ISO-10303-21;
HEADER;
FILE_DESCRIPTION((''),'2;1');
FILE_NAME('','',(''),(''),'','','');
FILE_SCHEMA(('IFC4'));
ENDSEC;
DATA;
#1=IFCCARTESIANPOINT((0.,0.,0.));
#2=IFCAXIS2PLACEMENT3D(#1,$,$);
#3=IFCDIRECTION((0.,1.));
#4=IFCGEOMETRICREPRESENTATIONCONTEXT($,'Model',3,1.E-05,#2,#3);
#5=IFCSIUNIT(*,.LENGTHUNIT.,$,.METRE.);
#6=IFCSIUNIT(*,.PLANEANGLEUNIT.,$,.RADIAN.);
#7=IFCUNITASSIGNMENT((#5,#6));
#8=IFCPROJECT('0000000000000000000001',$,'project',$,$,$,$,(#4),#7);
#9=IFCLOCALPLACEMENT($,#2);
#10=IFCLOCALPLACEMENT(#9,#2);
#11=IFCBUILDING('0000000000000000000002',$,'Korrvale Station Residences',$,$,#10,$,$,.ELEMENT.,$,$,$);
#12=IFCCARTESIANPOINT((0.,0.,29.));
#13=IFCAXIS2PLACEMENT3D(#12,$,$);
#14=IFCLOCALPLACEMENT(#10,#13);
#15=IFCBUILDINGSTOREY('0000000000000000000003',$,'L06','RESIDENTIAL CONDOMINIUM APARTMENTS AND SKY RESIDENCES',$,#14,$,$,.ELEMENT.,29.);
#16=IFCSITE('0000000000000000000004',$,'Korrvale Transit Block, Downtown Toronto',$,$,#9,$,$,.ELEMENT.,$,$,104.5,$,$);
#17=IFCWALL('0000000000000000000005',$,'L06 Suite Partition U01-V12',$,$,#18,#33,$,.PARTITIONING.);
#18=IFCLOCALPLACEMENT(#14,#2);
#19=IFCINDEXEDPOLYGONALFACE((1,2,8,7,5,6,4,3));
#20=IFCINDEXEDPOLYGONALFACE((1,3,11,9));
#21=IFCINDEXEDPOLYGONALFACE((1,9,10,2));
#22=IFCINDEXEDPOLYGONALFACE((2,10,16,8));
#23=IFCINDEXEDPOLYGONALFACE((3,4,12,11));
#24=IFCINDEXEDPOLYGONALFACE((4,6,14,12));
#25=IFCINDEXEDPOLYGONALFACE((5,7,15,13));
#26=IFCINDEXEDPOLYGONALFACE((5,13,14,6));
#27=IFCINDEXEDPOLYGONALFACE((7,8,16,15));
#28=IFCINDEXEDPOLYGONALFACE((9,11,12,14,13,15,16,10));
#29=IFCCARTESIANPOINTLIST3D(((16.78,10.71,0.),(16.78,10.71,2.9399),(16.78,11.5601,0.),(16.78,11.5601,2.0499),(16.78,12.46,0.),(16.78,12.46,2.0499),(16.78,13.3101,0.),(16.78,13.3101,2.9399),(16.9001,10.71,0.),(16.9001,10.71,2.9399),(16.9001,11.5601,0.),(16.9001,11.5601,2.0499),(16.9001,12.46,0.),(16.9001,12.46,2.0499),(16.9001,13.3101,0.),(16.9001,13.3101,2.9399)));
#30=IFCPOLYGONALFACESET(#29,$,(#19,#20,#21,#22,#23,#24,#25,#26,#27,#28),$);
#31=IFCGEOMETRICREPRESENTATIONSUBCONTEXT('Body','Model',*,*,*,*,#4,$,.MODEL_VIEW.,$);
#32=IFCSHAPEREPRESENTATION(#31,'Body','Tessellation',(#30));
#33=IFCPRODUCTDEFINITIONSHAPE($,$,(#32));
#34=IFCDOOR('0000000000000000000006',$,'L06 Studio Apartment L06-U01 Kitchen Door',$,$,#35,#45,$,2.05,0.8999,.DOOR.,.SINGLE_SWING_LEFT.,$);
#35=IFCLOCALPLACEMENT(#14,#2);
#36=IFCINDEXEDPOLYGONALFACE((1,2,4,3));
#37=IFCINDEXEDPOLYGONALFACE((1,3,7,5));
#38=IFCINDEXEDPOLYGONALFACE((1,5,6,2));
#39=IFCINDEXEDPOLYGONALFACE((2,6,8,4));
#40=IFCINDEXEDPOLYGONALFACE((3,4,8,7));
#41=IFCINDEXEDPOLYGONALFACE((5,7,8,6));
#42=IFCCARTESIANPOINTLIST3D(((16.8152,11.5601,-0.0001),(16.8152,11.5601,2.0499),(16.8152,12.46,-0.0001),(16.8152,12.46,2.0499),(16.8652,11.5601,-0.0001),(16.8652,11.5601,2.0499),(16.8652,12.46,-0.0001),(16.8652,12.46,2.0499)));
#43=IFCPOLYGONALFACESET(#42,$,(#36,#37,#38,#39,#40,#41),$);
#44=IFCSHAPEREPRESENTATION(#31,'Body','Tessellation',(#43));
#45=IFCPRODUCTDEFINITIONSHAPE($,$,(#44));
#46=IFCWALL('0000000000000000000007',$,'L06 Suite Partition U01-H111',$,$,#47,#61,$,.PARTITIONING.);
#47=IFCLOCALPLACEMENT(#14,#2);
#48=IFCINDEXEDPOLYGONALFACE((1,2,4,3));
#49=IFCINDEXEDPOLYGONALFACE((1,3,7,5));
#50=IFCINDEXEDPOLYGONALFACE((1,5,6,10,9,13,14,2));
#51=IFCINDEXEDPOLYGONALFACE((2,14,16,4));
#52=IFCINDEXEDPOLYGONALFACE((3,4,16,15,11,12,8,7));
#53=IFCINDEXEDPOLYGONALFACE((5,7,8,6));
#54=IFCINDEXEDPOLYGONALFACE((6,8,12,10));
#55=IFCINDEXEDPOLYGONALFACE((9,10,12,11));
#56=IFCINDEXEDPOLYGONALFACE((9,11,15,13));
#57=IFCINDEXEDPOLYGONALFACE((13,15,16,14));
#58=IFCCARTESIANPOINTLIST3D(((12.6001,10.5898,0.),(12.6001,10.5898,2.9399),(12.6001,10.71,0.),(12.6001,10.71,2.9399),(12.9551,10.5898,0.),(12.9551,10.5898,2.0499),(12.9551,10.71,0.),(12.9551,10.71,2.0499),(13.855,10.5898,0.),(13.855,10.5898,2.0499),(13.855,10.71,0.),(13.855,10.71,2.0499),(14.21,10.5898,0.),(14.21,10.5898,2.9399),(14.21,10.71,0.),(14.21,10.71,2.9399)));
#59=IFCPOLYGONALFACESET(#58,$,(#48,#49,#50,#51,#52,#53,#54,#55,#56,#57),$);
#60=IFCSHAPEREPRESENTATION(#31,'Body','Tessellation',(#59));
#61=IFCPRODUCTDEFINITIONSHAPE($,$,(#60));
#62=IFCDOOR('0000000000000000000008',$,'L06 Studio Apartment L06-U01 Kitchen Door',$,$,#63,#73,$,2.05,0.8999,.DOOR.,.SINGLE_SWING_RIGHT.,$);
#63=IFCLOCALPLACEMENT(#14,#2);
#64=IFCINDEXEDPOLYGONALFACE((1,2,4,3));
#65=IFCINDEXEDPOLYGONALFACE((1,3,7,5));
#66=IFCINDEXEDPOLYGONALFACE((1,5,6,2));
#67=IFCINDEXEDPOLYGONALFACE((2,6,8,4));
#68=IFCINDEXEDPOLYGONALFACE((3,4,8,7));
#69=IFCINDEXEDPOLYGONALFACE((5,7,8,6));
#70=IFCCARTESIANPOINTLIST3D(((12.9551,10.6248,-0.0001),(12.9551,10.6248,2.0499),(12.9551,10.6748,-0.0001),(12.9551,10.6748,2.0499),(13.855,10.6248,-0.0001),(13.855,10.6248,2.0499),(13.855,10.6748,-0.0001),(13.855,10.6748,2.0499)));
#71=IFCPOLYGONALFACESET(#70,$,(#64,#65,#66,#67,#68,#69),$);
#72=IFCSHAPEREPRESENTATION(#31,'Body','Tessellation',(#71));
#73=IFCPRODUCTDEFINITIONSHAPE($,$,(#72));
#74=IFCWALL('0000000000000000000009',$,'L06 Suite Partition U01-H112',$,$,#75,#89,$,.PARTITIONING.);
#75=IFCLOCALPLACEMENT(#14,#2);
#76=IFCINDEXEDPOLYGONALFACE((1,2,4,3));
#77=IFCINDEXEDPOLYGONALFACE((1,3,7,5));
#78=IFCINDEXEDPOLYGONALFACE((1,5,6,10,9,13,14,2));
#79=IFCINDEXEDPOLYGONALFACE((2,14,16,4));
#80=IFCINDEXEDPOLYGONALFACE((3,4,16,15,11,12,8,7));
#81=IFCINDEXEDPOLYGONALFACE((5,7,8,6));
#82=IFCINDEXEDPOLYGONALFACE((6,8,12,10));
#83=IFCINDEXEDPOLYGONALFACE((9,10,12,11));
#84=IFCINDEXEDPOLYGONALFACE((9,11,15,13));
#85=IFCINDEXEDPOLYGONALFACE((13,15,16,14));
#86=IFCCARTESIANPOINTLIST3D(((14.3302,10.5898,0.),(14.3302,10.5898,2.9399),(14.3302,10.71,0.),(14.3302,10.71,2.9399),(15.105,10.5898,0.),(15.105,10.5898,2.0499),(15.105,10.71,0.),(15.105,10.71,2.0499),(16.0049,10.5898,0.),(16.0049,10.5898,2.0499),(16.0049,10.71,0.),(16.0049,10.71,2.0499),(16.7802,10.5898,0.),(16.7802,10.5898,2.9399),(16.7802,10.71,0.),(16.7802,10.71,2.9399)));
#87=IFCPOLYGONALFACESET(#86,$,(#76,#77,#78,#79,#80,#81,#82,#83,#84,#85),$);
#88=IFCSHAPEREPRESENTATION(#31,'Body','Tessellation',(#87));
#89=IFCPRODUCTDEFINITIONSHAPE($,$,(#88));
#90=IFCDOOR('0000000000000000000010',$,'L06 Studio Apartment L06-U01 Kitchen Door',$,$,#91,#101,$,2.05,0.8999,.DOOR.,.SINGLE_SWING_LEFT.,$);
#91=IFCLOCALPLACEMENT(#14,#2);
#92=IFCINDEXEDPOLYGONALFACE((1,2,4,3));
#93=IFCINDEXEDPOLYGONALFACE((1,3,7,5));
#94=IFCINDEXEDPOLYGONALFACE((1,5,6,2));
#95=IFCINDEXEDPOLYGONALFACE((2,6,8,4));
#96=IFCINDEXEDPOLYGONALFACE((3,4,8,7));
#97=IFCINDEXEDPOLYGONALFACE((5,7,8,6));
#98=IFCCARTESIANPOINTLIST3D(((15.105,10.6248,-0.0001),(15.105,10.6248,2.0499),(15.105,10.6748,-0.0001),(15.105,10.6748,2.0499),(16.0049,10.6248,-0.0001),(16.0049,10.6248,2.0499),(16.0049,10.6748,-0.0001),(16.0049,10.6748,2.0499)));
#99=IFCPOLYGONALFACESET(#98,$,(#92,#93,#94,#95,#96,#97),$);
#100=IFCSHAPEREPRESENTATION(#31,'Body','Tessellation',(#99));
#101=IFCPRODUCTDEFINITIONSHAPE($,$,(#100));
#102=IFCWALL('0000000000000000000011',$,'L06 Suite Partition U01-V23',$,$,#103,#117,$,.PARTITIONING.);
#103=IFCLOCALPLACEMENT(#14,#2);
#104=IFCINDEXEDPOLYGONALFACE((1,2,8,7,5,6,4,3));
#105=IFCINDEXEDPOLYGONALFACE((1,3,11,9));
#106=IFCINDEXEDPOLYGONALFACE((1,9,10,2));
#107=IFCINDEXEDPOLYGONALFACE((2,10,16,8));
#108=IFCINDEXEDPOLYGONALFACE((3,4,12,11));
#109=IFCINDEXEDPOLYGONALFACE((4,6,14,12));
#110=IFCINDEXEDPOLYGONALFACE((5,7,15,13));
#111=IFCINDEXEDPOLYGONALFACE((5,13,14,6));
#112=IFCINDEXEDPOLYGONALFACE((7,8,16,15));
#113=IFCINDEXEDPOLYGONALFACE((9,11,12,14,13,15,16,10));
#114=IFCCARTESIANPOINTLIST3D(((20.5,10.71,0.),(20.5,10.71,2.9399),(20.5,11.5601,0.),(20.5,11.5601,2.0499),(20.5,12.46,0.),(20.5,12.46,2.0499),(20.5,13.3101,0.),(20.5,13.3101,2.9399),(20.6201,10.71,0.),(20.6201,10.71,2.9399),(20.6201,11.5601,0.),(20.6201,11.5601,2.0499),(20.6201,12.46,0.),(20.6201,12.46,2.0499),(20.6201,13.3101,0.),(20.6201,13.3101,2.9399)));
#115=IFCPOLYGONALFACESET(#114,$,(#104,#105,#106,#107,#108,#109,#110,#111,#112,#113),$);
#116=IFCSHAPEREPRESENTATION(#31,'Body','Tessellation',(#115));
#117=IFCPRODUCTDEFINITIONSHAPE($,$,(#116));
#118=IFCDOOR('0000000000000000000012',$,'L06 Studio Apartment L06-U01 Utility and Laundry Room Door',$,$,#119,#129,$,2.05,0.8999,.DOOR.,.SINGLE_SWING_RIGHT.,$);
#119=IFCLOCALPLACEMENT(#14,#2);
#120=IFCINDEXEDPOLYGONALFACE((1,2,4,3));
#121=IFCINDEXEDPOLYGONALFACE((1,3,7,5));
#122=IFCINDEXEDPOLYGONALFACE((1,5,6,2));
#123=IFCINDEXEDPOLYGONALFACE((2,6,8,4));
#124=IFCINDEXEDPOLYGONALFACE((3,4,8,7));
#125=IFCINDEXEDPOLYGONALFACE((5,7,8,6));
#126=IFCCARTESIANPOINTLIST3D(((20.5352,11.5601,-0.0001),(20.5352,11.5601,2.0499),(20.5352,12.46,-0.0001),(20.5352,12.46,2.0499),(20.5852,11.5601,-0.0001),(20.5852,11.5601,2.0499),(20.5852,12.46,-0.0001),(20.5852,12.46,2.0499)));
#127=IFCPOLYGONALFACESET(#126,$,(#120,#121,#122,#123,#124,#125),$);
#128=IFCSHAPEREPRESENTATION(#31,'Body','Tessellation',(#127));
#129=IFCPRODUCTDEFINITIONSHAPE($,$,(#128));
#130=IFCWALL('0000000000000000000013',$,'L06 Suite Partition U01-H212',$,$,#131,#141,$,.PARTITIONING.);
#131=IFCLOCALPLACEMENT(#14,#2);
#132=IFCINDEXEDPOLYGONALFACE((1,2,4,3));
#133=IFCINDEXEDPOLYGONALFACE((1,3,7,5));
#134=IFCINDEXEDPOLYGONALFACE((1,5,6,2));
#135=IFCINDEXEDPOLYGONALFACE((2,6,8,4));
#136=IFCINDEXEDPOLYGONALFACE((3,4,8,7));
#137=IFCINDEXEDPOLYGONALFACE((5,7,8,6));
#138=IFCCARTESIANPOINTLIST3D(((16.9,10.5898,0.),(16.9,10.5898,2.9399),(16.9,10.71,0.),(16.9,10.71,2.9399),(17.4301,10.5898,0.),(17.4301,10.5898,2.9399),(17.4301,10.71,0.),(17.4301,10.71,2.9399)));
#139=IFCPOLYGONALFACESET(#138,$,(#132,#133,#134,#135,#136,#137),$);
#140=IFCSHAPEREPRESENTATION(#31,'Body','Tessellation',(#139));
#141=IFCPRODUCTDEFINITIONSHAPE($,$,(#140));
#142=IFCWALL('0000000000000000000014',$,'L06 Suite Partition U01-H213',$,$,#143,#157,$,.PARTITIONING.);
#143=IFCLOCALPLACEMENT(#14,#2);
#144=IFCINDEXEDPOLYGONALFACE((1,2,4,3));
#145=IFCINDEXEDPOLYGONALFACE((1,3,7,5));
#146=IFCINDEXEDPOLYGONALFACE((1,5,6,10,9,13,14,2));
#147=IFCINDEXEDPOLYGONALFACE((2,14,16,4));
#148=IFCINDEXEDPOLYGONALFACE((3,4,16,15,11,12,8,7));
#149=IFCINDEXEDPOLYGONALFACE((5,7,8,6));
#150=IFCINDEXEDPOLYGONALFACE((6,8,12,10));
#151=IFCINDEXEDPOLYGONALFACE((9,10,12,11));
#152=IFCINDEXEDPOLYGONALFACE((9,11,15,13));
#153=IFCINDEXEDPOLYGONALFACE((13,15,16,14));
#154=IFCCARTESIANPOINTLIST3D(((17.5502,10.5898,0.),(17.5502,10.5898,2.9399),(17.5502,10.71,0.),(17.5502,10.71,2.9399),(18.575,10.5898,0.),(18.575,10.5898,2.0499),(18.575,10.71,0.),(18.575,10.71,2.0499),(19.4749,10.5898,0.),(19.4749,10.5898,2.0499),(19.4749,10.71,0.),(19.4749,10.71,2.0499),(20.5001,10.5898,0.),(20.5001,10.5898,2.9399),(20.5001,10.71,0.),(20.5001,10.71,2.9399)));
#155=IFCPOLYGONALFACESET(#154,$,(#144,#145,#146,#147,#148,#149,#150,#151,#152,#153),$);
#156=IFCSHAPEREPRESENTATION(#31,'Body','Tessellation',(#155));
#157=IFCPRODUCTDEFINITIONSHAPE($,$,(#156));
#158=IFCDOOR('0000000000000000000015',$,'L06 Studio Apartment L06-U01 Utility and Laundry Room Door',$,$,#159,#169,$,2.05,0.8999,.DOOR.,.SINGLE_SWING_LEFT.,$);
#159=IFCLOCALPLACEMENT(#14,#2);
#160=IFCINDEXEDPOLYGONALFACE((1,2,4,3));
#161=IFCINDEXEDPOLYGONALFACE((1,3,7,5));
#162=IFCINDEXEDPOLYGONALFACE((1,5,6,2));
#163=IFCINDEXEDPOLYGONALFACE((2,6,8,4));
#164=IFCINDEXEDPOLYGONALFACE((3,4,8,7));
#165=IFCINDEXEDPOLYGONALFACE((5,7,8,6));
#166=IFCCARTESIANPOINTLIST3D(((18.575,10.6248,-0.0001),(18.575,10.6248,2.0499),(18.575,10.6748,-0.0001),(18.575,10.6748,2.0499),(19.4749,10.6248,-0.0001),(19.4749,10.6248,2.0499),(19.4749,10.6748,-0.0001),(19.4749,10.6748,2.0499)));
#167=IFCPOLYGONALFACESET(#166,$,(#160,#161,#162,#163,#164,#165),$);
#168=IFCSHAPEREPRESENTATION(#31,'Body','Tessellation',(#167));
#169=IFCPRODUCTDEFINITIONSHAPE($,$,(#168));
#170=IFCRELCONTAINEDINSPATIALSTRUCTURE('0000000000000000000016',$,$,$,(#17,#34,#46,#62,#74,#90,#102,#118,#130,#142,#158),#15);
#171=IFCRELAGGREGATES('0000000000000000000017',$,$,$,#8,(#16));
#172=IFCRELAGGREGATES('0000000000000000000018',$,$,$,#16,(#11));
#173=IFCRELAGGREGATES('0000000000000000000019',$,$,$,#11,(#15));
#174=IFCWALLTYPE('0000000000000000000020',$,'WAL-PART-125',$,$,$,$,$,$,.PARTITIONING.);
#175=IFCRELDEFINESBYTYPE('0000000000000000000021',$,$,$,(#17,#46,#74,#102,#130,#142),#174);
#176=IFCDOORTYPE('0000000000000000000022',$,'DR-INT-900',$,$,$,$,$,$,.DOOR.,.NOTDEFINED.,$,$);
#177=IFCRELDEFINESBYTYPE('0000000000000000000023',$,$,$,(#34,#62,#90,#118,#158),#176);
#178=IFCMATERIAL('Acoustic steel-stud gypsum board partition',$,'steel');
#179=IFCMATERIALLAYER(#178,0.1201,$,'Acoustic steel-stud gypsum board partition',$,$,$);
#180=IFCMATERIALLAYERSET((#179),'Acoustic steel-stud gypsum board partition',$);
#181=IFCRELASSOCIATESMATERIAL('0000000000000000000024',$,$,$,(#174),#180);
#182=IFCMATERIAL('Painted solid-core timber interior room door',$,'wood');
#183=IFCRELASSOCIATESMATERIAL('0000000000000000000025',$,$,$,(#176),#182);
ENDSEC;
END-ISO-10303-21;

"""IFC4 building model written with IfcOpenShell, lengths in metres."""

from ifc_helpers import new_model, si_unit, direction, frame, frame_2d, origin, place, context, subcontext, project, spatial, rectangle, extrude, material, layer, layer_set, type_object, element, fill, save


model = new_model("IFC4")

# Units and contexts
model_context = context("Model", 3, precision=1e-05, world=origin(), true_north=direction((0.0, 1.0)))
body_context = subcontext(model_context, "Body", "Model", "MODEL_VIEW")
ifc_project = project(units=[si_unit("LENGTHUNIT", "METRE"), si_unit("PLANEANGLEUNIT", "RADIAN")], contexts=[model_context])

# Site, building, storey
site_placement = place(None, origin())
site = spatial("IfcSite", under=ifc_project, at=site_placement, Name="Korrvale Transit Block, Downtown Toronto", CompositionType="ELEMENT", RefElevation=104.5)
building_placement = place(site_placement, origin())
building = spatial("IfcBuilding", under=site, at=building_placement, Name="Korrvale Station Residences", CompositionType="ELEMENT")
storey_placement = place(building_placement, frame((0.0, 0.0, 29.0)))
storey = spatial("IfcBuildingStorey", under=building, at=storey_placement, Name="L06", Description="RESIDENTIAL CONDOMINIUM APARTMENTS AND SKY RESIDENCES", CompositionType="ELEMENT", Elevation=29.0)

# Walls, openings, doors
ifc_material_1 = material(Name="Acoustic steel-stud gypsum board partition", Category="steel")
ifc_layer = layer(ifc_material_1, 0.1201, Name="Acoustic steel-stud gypsum board partition")
ifc_layer_set = layer_set([ifc_layer], Name="Acoustic steel-stud gypsum board partition")
wall_type = type_object("IfcWallType", Name="WAL-PART-125", PredefinedType="PARTITIONING", material=ifc_layer_set)
wall_1_placement = place(storey_placement, frame((16.8401, 10.71, 0.0), z_axis=(0.0, 0.0, 1.0), x_axis=(0.0, 1.0, 0.0)))
wall_1 = element("IfcWall", 1, at=wall_1_placement, inside=storey, type_object=wall_type, Name="L06 Suite Partition U01-V12", PredefinedType="PARTITIONING", context=body_context, shape_type="SweptSolid", body=[
    extrude(rectangle(XDim=2.6001, YDim=0.1201, at=frame_2d((1.3, 0.0))), origin(), (0.0, 0.0, 1.0), 2.9399),
])
opening_1_placement = place(wall_1_placement, frame((0.8501, 0.0, 0.0)))
opening_1 = element("IfcOpeningElement", 2, at=opening_1_placement, cuts=wall_1, PredefinedType="OPENING", context=body_context, shape_type="SweptSolid", body=[
    extrude(rectangle(XDim=0.8999, YDim=2.05, at=frame_2d((0.45, 1.0249))), frame((0.0, 0.0701, 0.0), z_axis=(0.0, -1.0, 0.0), x_axis=(1.0, 0.0, 0.0)), (0.0, 0.0, 1.0), 0.1401),
])
ifc_material_2 = material(Name="Painted solid-core timber interior room door", Category="wood")
door_type_1 = type_object("IfcDoorType", Name="DR-INT-900", OperationType="NOTDEFINED", PredefinedType="DOOR", material=ifc_material_2)
door_1_placement = place(opening_1_placement, origin())
door_1 = element("IfcDoor", 3, at=door_1_placement, inside=storey, type_object=door_type_1, Name="L06 Studio Apartment L06-U01 Kitchen Door", OperationType="SINGLE_SWING_LEFT", OverallHeight=2.05, OverallWidth=0.8999, PredefinedType="DOOR", context=body_context, shape_type="SweptSolid", body=[
    extrude(rectangle(XDim=0.8999, YDim=2.05, at=frame_2d((0.45, 1.0249))), frame((0.0, 0.0249, 0.0), z_axis=(0.0, -1.0, 0.0), x_axis=(1.0, 0.0, 0.0)), (0.0, 0.0, 1.0), 0.05),
])
fill(opening_1, door_1)
wall_2_placement = place(storey_placement, frame((12.6001, 10.6499, 0.0), z_axis=(0.0, 0.0, 1.0), x_axis=(1.0, 0.0, 0.0)))
wall_2 = element("IfcWall", 4, at=wall_2_placement, inside=storey, type_object=wall_type, Name="L06 Suite Partition U01-H111", PredefinedType="PARTITIONING", context=body_context, shape_type="SweptSolid", body=[
    extrude(rectangle(XDim=1.6099, YDim=0.1201, at=frame_2d((0.8049, 0.0))), origin(), (0.0, 0.0, 1.0), 2.9399),
])
opening_2_placement = place(wall_2_placement, frame((0.355, 0.0, 0.0)))
opening_2 = element("IfcOpeningElement", 5, at=opening_2_placement, cuts=wall_2, PredefinedType="OPENING", context=body_context, shape_type="SweptSolid", body=[
    extrude(rectangle(XDim=0.8999, YDim=2.05, at=frame_2d((0.45, 1.0249))), frame((0.0, 0.0701, 0.0), z_axis=(0.0, -1.0, 0.0), x_axis=(1.0, 0.0, 0.0)), (0.0, 0.0, 1.0), 0.1401),
])
door_2_placement = place(opening_2_placement, origin())
door_2 = element("IfcDoor", 6, at=door_2_placement, inside=storey, type_object=door_type_1, Name="L06 Studio Apartment L06-U01 Kitchen Door", OperationType="SINGLE_SWING_RIGHT", OverallHeight=2.05, OverallWidth=0.8999, PredefinedType="DOOR", context=body_context, shape_type="SweptSolid", body=[
    extrude(rectangle(XDim=0.8999, YDim=2.05, at=frame_2d((0.45, 1.0249))), frame((0.0, 0.0249, 0.0), z_axis=(0.0, -1.0, 0.0), x_axis=(1.0, 0.0, 0.0)), (0.0, 0.0, 1.0), 0.05),
])
fill(opening_2, door_2)
wall_3_placement = place(storey_placement, frame((14.3301, 10.6499, 0.0), z_axis=(0.0, 0.0, 1.0), x_axis=(1.0, 0.0, 0.0)))
wall_3 = element("IfcWall", 7, at=wall_3_placement, inside=storey, type_object=wall_type, Name="L06 Suite Partition U01-H112", PredefinedType="PARTITIONING", context=body_context, shape_type="SweptSolid", body=[
    extrude(rectangle(XDim=2.45, YDim=0.1201, at=frame_2d((1.2251, 0.0))), origin(), (0.0, 0.0, 1.0), 2.9399),
])
opening_3_placement = place(wall_3_placement, frame((0.7749, 0.0, 0.0)))
opening_3 = element("IfcOpeningElement", 8, at=opening_3_placement, cuts=wall_3, PredefinedType="OPENING", context=body_context, shape_type="SweptSolid", body=[
    extrude(rectangle(XDim=0.8999, YDim=2.05, at=frame_2d((0.45, 1.0249))), frame((0.0, 0.0701, 0.0), z_axis=(0.0, -1.0, 0.0), x_axis=(1.0, 0.0, 0.0)), (0.0, 0.0, 1.0), 0.1401),
])
door_3_placement = place(opening_3_placement, origin())
door_3 = element("IfcDoor", 9, at=door_3_placement, inside=storey, type_object=door_type_1, Name="L06 Studio Apartment L06-U01 Kitchen Door", OperationType="SINGLE_SWING_LEFT", OverallHeight=2.05, OverallWidth=0.8999, PredefinedType="DOOR", context=body_context, shape_type="SweptSolid", body=[
    extrude(rectangle(XDim=0.8999, YDim=2.05, at=frame_2d((0.45, 1.0249))), frame((0.0, 0.0249, 0.0), z_axis=(0.0, -1.0, 0.0), x_axis=(1.0, 0.0, 0.0)), (0.0, 0.0, 1.0), 0.05),
])
fill(opening_3, door_3)
wall_4_placement = place(storey_placement, frame((20.5601, 10.71, 0.0), z_axis=(0.0, 0.0, 1.0), x_axis=(0.0, 1.0, 0.0)))
wall_4 = element("IfcWall", 10, at=wall_4_placement, inside=storey, type_object=wall_type, Name="L06 Suite Partition U01-V23", PredefinedType="PARTITIONING", context=body_context, shape_type="SweptSolid", body=[
    extrude(rectangle(XDim=2.6001, YDim=0.1201, at=frame_2d((1.3, 0.0))), origin(), (0.0, 0.0, 1.0), 2.9399),
])
opening_4_placement = place(wall_4_placement, frame((0.8501, 0.0, 0.0)))
opening_4 = element("IfcOpeningElement", 11, at=opening_4_placement, cuts=wall_4, PredefinedType="OPENING", context=body_context, shape_type="SweptSolid", body=[
    extrude(rectangle(XDim=0.8999, YDim=2.05, at=frame_2d((0.45, 1.0249))), frame((0.0, 0.0701, 0.0), z_axis=(0.0, -1.0, 0.0), x_axis=(1.0, 0.0, 0.0)), (0.0, 0.0, 1.0), 0.1401),
])
door_4_placement = place(opening_4_placement, origin())
door_4 = element("IfcDoor", 12, at=door_4_placement, inside=storey, type_object=door_type_1, Name="L06 Studio Apartment L06-U01 Utility and Laundry Room Door", OperationType="SINGLE_SWING_RIGHT", OverallHeight=2.05, OverallWidth=0.8999, PredefinedType="DOOR", context=body_context, shape_type="SweptSolid", body=[
    extrude(rectangle(XDim=0.8999, YDim=2.05, at=frame_2d((0.45, 1.0249))), frame((0.0, 0.0249, 0.0), z_axis=(0.0, -1.0, 0.0), x_axis=(1.0, 0.0, 0.0)), (0.0, 0.0, 1.0), 0.05),
])
fill(opening_4, door_4)

# Wall
wall_5_placement = place(storey_placement, frame((16.8999, 10.6499, 0.0), z_axis=(0.0, 0.0, 1.0), x_axis=(1.0, 0.0, 0.0)))
element("IfcWall", 13, at=wall_5_placement, inside=storey, type_object=wall_type, Name="L06 Suite Partition U01-H212", PredefinedType="PARTITIONING", context=body_context, shape_type="SweptSolid", body=[
    extrude(rectangle(XDim=0.53, YDim=0.1201, at=frame_2d((0.2651, 0.0))), origin(), (0.0, 0.0, 1.0), 2.9399),
])

# Wall, opening, door
wall_6_placement = place(storey_placement, frame((17.55, 10.6499, 0.0), z_axis=(0.0, 0.0, 1.0), x_axis=(1.0, 0.0, 0.0)))
wall_6 = element("IfcWall", 14, at=wall_6_placement, inside=storey, type_object=wall_type, Name="L06 Suite Partition U01-H213", PredefinedType="PARTITIONING", context=body_context, shape_type="SweptSolid", body=[
    extrude(rectangle(XDim=2.95, YDim=0.1201, at=frame_2d((1.4751, 0.0))), origin(), (0.0, 0.0, 1.0), 2.9399),
])
opening_5_placement = place(wall_6_placement, frame((1.0249, 0.0, 0.0)))
opening_5 = element("IfcOpeningElement", 15, at=opening_5_placement, cuts=wall_6, PredefinedType="OPENING", context=body_context, shape_type="SweptSolid", body=[
    extrude(rectangle(XDim=0.8999, YDim=2.05, at=frame_2d((0.45, 1.0249))), frame((0.0, 0.0701, 0.0), z_axis=(0.0, -1.0, 0.0), x_axis=(1.0, 0.0, 0.0)), (0.0, 0.0, 1.0), 0.1401),
])
door_5_placement = place(opening_5_placement, origin())
door_5 = element("IfcDoor", 16, at=door_5_placement, inside=storey, type_object=door_type_1, Name="L06 Studio Apartment L06-U01 Utility and Laundry Room Door", OperationType="SINGLE_SWING_LEFT", OverallHeight=2.05, OverallWidth=0.8999, PredefinedType="DOOR", context=body_context, shape_type="SweptSolid", body=[
    extrude(rectangle(XDim=0.8999, YDim=2.05, at=frame_2d((0.45, 1.0249))), frame((0.0, 0.0249, 0.0), z_axis=(0.0, -1.0, 0.0), x_axis=(1.0, 0.0, 0.0)), (0.0, 0.0, 1.0), 0.05),
])
fill(opening_5, door_5)

save(model, "model.ifc")
